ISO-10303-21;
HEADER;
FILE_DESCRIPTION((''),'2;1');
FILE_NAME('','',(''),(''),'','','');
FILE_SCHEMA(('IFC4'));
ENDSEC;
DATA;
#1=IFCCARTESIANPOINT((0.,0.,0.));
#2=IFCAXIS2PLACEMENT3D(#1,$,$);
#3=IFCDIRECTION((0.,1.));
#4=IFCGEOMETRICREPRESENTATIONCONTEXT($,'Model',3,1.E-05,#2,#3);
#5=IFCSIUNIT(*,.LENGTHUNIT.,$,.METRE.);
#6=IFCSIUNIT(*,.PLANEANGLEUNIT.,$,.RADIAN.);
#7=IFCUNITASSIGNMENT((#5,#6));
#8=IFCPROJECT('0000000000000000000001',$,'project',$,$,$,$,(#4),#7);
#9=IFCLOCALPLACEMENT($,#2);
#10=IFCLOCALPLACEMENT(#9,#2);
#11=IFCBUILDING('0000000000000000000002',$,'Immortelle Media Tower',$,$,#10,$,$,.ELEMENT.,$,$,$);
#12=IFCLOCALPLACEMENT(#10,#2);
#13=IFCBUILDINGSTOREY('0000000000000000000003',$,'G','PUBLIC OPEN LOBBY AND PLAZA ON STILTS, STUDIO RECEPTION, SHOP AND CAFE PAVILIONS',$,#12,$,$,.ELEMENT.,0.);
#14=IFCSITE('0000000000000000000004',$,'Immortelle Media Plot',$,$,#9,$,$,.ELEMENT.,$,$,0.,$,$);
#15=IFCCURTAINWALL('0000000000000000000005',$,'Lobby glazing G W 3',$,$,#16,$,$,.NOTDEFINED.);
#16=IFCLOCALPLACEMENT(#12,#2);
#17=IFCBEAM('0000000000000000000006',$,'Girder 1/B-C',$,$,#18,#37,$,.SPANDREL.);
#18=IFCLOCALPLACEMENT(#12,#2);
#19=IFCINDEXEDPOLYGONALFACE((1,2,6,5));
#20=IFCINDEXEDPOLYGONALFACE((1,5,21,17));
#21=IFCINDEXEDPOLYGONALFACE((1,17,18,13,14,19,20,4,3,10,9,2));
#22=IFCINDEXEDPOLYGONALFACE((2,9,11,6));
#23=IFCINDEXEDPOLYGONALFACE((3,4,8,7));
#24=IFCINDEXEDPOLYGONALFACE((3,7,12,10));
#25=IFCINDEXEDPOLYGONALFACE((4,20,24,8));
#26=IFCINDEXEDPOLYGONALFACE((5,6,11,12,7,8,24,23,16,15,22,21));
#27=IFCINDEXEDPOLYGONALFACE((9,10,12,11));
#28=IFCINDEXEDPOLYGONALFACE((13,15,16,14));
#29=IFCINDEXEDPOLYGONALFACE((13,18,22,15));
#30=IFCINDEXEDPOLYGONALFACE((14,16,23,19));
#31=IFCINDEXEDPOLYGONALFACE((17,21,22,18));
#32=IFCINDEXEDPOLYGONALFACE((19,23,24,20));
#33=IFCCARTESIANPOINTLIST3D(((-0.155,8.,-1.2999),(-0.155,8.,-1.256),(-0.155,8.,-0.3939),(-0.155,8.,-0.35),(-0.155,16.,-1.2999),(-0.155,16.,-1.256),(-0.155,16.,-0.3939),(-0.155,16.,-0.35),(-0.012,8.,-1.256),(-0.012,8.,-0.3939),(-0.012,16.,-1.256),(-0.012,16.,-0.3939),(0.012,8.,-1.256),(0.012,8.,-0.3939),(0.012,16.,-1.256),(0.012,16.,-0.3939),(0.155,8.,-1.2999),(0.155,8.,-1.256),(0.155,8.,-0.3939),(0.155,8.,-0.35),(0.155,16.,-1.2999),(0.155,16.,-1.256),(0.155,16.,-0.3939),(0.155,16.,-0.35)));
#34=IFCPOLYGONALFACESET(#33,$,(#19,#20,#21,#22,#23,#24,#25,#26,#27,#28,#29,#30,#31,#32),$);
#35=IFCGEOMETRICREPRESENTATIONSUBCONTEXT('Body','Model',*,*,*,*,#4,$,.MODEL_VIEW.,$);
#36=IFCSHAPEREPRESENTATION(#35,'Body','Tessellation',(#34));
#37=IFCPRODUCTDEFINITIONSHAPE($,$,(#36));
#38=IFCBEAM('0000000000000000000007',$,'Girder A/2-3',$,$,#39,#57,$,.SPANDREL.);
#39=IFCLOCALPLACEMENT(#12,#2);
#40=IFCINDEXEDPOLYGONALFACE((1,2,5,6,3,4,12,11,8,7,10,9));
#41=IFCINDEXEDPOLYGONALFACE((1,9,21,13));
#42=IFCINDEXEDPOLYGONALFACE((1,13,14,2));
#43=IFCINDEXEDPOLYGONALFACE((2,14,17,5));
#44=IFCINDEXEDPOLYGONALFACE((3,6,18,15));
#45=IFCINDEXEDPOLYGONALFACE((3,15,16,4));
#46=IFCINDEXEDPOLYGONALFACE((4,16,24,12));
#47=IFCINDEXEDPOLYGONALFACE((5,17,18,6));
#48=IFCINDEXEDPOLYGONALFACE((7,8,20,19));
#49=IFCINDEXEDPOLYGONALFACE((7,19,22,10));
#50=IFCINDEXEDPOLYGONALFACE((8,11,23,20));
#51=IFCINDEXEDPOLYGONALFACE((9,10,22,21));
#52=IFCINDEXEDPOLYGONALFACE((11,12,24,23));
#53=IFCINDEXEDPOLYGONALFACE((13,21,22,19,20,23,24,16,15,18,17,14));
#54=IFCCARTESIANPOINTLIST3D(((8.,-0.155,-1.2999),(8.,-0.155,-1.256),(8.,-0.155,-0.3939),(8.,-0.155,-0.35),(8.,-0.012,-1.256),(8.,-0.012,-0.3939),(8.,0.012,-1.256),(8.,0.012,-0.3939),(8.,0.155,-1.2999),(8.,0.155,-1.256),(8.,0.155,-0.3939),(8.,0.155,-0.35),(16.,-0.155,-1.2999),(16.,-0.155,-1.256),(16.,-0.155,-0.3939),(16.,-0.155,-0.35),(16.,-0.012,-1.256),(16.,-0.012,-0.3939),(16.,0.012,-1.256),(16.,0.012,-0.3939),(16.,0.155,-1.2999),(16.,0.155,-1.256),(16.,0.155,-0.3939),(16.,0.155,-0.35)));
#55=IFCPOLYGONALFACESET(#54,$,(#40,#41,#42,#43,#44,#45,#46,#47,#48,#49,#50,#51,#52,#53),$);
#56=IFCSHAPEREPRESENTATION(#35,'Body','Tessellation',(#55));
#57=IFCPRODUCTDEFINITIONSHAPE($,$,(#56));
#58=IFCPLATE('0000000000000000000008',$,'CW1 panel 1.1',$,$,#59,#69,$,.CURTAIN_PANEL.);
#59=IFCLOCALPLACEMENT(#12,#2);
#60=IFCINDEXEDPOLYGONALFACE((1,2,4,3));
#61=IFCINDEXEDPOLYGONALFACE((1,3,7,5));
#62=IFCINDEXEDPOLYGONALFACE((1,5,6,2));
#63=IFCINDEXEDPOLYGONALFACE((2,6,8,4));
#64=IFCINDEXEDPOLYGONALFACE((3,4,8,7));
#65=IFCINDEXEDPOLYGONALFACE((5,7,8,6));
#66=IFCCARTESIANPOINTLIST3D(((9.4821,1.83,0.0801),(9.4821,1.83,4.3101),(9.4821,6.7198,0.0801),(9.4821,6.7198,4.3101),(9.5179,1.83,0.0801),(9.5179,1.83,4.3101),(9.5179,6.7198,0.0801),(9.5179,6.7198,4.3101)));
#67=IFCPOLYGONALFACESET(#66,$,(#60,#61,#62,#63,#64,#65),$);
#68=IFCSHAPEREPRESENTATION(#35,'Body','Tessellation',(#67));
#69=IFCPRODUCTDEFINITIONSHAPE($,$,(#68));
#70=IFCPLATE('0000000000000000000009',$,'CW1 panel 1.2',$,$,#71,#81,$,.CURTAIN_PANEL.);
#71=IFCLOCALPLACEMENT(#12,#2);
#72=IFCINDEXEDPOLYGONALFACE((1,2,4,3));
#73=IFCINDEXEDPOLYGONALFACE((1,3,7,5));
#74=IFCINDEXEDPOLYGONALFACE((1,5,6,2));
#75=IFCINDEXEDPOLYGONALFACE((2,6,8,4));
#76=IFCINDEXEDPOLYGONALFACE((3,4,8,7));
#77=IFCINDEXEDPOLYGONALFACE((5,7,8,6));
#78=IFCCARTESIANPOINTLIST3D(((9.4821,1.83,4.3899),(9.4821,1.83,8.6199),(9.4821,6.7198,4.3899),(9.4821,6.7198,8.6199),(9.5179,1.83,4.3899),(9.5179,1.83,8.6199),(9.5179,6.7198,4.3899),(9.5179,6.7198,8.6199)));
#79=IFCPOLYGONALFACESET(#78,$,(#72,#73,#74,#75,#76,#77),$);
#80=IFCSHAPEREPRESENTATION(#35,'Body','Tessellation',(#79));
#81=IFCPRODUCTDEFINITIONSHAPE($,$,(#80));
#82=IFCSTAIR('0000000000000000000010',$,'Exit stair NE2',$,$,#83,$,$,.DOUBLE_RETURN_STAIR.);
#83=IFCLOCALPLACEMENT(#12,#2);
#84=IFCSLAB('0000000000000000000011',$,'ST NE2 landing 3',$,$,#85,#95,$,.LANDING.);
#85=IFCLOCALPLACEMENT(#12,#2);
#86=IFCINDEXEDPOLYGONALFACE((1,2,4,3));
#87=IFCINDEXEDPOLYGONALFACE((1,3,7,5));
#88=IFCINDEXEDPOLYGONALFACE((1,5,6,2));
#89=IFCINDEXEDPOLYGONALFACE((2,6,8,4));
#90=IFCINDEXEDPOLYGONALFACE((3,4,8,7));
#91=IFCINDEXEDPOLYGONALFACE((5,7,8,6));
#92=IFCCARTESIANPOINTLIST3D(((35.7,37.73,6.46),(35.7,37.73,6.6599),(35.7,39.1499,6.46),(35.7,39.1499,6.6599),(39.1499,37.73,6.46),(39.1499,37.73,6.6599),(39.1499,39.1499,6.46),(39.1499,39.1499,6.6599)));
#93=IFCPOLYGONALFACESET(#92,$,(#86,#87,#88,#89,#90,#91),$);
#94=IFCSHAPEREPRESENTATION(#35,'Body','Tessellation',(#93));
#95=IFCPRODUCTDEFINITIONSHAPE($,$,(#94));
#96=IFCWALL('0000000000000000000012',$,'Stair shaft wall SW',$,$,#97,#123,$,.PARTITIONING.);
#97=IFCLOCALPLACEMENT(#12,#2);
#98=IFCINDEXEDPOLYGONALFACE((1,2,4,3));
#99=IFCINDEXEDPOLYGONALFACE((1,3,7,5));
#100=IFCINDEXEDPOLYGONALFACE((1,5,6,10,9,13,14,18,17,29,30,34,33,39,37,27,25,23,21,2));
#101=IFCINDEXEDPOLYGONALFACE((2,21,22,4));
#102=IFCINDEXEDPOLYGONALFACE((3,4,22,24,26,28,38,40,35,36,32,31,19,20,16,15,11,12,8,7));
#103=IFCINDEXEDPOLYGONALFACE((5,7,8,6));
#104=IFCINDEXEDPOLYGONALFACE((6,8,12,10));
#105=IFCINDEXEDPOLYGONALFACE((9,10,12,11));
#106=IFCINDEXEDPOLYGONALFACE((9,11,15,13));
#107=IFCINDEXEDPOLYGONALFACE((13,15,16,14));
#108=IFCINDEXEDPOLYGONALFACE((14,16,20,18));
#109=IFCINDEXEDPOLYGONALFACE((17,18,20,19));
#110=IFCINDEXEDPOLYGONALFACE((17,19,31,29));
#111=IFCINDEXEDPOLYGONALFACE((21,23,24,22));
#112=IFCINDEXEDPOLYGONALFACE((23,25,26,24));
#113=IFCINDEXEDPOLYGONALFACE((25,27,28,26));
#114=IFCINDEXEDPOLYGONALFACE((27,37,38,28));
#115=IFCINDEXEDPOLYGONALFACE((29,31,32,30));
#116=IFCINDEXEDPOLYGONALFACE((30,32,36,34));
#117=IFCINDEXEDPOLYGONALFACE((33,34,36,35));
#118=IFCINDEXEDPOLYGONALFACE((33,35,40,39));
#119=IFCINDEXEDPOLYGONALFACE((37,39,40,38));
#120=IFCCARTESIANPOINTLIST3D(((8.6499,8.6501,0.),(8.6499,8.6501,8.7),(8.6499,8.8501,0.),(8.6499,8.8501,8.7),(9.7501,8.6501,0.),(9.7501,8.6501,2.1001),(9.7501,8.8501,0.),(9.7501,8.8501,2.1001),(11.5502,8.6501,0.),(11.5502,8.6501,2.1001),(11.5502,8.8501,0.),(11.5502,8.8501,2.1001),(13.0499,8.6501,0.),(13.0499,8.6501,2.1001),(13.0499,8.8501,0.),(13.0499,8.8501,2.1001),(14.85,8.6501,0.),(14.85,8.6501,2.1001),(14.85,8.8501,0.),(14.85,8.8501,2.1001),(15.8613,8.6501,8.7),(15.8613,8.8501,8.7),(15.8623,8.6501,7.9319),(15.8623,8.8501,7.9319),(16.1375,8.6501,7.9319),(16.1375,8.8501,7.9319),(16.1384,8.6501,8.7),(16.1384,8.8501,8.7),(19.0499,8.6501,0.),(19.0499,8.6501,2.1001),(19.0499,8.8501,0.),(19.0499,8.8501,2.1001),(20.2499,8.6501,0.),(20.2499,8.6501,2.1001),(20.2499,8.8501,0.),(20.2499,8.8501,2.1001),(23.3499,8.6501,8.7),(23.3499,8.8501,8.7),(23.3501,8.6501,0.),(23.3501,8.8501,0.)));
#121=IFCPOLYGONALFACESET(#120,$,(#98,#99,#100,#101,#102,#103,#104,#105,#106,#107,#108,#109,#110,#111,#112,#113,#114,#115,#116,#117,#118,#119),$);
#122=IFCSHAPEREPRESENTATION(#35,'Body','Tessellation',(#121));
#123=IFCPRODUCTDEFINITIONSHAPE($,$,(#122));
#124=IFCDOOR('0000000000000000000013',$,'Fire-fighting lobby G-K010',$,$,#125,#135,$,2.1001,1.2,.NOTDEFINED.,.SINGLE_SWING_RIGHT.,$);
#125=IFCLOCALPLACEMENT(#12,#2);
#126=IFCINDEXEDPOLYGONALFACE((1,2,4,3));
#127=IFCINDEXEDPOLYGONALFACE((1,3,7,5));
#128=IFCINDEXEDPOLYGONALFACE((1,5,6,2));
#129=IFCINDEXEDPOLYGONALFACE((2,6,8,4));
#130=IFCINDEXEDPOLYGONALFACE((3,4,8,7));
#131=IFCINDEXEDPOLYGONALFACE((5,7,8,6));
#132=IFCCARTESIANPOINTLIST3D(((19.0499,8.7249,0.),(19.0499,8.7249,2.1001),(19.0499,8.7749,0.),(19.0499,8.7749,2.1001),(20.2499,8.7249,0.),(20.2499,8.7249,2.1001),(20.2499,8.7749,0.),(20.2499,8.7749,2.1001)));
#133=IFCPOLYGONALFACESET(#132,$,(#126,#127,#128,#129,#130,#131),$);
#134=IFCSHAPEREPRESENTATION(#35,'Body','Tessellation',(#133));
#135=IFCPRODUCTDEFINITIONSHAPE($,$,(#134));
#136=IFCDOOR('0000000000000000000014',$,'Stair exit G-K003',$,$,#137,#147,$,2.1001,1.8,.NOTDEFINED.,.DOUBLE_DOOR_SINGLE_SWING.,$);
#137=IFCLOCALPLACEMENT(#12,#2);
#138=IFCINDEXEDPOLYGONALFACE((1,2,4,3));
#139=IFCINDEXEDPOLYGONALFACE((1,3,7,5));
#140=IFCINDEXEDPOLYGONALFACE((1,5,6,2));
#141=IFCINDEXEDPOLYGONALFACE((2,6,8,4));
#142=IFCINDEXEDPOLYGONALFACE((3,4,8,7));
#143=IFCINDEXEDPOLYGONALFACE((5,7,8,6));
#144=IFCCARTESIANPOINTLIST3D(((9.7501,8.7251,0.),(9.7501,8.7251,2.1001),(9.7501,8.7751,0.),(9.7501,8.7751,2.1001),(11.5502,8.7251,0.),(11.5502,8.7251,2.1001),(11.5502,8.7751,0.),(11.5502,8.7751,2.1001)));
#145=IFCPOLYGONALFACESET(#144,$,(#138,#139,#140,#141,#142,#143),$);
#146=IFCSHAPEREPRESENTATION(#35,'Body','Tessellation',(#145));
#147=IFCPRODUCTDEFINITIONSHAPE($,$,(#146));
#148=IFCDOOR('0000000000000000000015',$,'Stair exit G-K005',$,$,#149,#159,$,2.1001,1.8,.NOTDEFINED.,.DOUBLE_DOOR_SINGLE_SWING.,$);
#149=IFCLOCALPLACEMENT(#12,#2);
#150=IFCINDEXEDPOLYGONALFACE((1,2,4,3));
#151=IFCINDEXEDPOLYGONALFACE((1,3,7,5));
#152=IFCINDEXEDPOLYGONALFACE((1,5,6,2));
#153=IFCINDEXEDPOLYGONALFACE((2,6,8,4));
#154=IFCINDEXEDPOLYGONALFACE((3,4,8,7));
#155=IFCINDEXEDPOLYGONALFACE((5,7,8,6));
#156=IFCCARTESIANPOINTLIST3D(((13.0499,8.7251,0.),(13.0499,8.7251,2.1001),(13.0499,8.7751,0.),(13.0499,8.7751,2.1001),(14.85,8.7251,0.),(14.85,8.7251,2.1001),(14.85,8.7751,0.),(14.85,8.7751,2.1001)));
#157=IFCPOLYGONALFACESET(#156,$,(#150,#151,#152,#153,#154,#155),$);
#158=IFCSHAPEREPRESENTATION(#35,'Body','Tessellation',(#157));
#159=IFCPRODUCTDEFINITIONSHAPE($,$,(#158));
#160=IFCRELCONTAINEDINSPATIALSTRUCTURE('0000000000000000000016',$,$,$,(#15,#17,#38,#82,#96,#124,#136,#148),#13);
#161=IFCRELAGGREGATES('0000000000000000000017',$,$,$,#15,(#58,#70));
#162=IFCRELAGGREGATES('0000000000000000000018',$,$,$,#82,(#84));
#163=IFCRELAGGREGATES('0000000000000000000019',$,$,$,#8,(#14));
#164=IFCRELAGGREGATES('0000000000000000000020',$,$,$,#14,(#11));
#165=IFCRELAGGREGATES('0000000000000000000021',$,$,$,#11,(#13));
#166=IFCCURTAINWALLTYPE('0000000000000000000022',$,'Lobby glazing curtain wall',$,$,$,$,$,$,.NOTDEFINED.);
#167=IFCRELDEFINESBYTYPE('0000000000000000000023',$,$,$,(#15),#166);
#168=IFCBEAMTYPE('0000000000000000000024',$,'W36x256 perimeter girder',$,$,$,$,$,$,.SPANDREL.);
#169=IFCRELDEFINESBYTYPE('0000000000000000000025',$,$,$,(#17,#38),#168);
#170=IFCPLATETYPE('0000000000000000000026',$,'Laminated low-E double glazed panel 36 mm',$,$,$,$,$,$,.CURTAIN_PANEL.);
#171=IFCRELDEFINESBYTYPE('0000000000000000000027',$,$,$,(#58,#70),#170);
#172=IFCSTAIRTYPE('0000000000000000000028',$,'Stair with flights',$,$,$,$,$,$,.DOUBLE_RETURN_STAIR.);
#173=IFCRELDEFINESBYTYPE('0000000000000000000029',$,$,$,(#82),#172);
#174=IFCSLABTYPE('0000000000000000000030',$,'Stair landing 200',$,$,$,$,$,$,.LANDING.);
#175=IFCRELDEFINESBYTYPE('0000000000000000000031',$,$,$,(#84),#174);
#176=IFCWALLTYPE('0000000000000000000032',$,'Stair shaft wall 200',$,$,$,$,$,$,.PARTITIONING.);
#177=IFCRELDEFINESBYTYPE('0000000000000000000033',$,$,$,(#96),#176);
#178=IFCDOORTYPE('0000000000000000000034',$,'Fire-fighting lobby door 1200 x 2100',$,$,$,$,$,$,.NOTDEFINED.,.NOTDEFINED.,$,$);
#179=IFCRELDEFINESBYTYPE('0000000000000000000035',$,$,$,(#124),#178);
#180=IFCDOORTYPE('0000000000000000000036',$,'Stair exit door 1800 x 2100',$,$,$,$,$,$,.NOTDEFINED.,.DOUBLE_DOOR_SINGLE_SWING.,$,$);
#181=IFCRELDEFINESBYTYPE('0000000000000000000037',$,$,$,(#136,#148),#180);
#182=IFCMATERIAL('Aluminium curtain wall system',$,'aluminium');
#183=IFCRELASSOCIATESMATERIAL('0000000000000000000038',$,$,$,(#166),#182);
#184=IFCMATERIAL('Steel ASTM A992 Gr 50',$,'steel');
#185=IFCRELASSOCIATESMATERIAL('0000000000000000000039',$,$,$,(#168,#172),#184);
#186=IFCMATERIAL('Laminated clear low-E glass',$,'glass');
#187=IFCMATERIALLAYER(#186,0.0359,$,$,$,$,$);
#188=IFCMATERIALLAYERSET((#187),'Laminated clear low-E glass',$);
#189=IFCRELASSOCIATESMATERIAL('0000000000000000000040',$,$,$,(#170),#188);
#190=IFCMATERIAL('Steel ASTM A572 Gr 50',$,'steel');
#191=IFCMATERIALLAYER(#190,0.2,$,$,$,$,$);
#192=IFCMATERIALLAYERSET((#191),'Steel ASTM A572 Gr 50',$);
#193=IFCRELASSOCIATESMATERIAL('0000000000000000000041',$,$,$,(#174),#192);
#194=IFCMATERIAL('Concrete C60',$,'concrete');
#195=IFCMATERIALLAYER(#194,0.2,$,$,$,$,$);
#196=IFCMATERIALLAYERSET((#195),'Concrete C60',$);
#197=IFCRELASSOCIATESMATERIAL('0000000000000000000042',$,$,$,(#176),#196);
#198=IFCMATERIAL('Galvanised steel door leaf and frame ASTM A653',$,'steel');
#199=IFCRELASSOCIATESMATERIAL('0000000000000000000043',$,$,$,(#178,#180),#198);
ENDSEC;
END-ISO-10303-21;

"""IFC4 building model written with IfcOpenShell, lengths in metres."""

from ifc_helpers import new_model, si_unit, direction, frame, frame_2d, origin, origin_2d, place, context, subcontext, project, spatial, polyline, rectangle, i_section, outline, extrude, material, layer, layer_set, material_profile, profile_set, type_object, element, fill, aggregate, save


model = new_model("IFC4")

# Units and contexts
model_context = context("Model", 3, precision=1e-05, world=origin(), true_north=direction((0.0, 1.0)))
body_context = subcontext(model_context, "Body", "Model", "MODEL_VIEW")
ifc_project = project(units=[si_unit("LENGTHUNIT", "METRE"), si_unit("PLANEANGLEUNIT", "RADIAN")], contexts=[model_context])

# Site, building, storey
site_placement = place(None, origin())
site = spatial("IfcSite", under=ifc_project, at=site_placement, Name="Immortelle Media Plot", CompositionType="ELEMENT", RefElevation=0.0)
building_placement = place(site_placement, origin())
building = spatial("IfcBuilding", under=site, at=building_placement, Name="Immortelle Media Tower", CompositionType="ELEMENT")
storey_placement = place(building_placement, origin())
storey = spatial("IfcBuildingStorey", under=building, at=storey_placement, Name="G", Description="PUBLIC OPEN LOBBY AND PLAZA ON STILTS, STUDIO RECEPTION, SHOP AND CAFE PAVILIONS", CompositionType="ELEMENT", Elevation=0.0)

# Shared definitions
ifc_material_1 = material(Name="Steel ASTM A572 Gr 50", Category="steel")

# Shared definitions
ifc_material_2 = material(Name="Aluminium curtain wall system", Category="aluminium")
curtain_wall_type = type_object("IfcCurtainWallType", Name="Lobby glazing curtain wall", PredefinedType="NOTDEFINED", material=ifc_material_2)

# Curtain wall
curtain_wall_1_placement = place(storey_placement, origin())
curtain_wall_1 = element("IfcCurtainWall", 1, at=curtain_wall_1_placement, inside=storey, type_object=curtain_wall_type, Name="Lobby glazing G W 3", PredefinedType="NOTDEFINED")

# Beams
ifc_material_3 = material(Name="Steel ASTM A992 Gr 50", Category="steel")
ifc_material_profile_1 = material_profile(ifc_material_3, i_section(OverallWidth=0.3101, OverallDepth=0.95, WebThickness=0.0239, FlangeThickness=0.0439, at=origin_2d()), Name="W36x256")
ifc_profile_set_1 = profile_set([ifc_material_profile_1], Name="Steel ASTM A992 Gr 50")
beam_type_1 = type_object("IfcBeamType", Name="W36x256 perimeter girder", PredefinedType="SPANDREL", material=ifc_profile_set_1)
for number, where, z_axis, x_axis, name in (
    (2, (0.0, 8.0, -0.825), (0.0, 1.0, 0.0), (-1.0, 0.0, 0.0), "Girder 1/B-C"),
    (3, (8.0, 0.0, -0.825), (1.0, 0.0, 0.0), (0.0, 1.0, 0.0), "Girder A/2-3"),
):
    element("IfcBeam", number, at=place(storey_placement, frame(where, z_axis=z_axis, x_axis=x_axis)), inside=storey, type_object=beam_type_1, Name=name, PredefinedType="SPANDREL", context=body_context, shape_type="SweptSolid", body=[
        extrude(i_section(OverallWidth=0.3101, OverallDepth=0.95, WebThickness=0.0239, FlangeThickness=0.0439, at=origin_2d()), origin(), (0.0, 0.0, 1.0), 8.0),
    ])

# Plates
ifc_material_4 = material(Name="Laminated clear low-E glass", Category="glass")
ifc_layer_1 = layer(ifc_material_4, 0.0359)
ifc_layer_set_1 = layer_set([ifc_layer_1], Name="Laminated clear low-E glass")
plate_type = type_object("IfcPlateType", Name="Laminated low-E double glazed panel 36 mm", PredefinedType="CURTAIN_PANEL", material=ifc_layer_set_1)
plate_1_placement = place(storey_placement, frame((9.5, 4.2749, 0.0801), z_axis=(0.0, 0.0, 1.0), x_axis=(0.0, -1.0, 0.0)))
plate_1 = element("IfcPlate", 4, at=plate_1_placement, type_object=plate_type, Name="CW1 panel 1.1", PredefinedType="CURTAIN_PANEL", context=body_context, shape_type="SweptSolid", body=[
    extrude(rectangle(XDim=4.8899, YDim=0.0359, at=origin_2d()), origin(), (0.0, 0.0, 1.0), 4.23),
])
plate_2_placement = place(storey_placement, frame((9.5, 4.2749, 4.3899), z_axis=(0.0, 0.0, 1.0), x_axis=(0.0, -1.0, 0.0)))
plate_2 = element("IfcPlate", 5, at=plate_2_placement, type_object=plate_type, Name="CW1 panel 1.2", PredefinedType="CURTAIN_PANEL", context=body_context, shape_type="SweptSolid", body=[
    extrude(rectangle(XDim=4.8899, YDim=0.0359, at=origin_2d()), origin(), (0.0, 0.0, 1.0), 4.23),
])
aggregate(curtain_wall_1, [plate_1, plate_2])

# Stair, slab
stair_type = type_object("IfcStairType", Name="Stair with flights", PredefinedType="DOUBLE_RETURN_STAIR", material=ifc_material_3)
stair_1_placement = place(storey_placement, origin())
stair_1 = element("IfcStair", 6, at=stair_1_placement, inside=storey, type_object=stair_type, Name="Exit stair NE2", PredefinedType="DOUBLE_RETURN_STAIR")
ifc_layer_2 = layer(ifc_material_1, 0.2)
ifc_layer_set_2 = layer_set([ifc_layer_2], Name="Steel ASTM A572 Gr 50")
slab_type = type_object("IfcSlabType", Name="Stair landing 200", PredefinedType="LANDING", material=ifc_layer_set_2)
slab_placement = place(storey_placement, frame((0.0, 0.0, 6.46)))
slab = element("IfcSlab", 7, at=slab_placement, type_object=slab_type, Name="ST NE2 landing 3", PredefinedType="LANDING", context=body_context, shape_type="SweptSolid", body=[
    extrude(outline(polyline([(35.7, 37.73), (39.1499, 37.73), (39.1499, 39.1499), (35.7, 39.1499), (35.7, 37.73)])), origin(), (0.0, 0.0, 1.0), 0.2),
])
aggregate(stair_1, [slab])

# Wall, openings, doors
ifc_material_5 = material(Name="Concrete C60", Category="concrete")
ifc_layer_3 = layer(ifc_material_5, 0.2)
ifc_layer_set_3 = layer_set([ifc_layer_3], Name="Concrete C60")
wall_type = type_object("IfcWallType", Name="Stair shaft wall 200", PredefinedType="PARTITIONING", material=ifc_layer_set_3)
wall_1_placement = place(storey_placement, frame((8.6499, 8.75, 0.0), z_axis=(0.0, 0.0, 1.0), x_axis=(1.0, 0.0, 0.0)))
wall_1 = element("IfcWall", 8, at=wall_1_placement, inside=storey, type_object=wall_type, Name="Stair shaft wall SW", PredefinedType="PARTITIONING", context=body_context, shape_type="SweptSolid", body=[
    extrude(outline(polyline([(0.0, 0.0), (14.7002, 0.0), (14.7, 8.7), (7.4885, 8.7), (7.4875, 7.9319), (7.2124, 7.9319), (7.2114, 8.7), (0.0, 8.7), (0.0, 0.0)])), frame((0.0, 0.1001, 0.0), z_axis=(0.0, -1.0, 0.0), x_axis=(1.0, 0.0, 0.0)), (0.0, 0.0, 1.0), 0.2),
])
opening_1_placement = place(wall_1_placement, frame((2.9001, 0.0, 0.0), z_axis=(0.0, 0.0, 1.0), x_axis=(-1.0, 0.0, 0.0)))
opening_1 = element("IfcOpeningElement", 9, at=opening_1_placement, cuts=wall_1, PredefinedType="OPENING", context=body_context, shape_type="SweptSolid", body=[
    extrude(rectangle(XDim=1.8, YDim=2.1001, at=frame_2d((0.8999, 1.05))), frame((0.0, 0.1099, 0.0), z_axis=(0.0, -1.0, 0.0), x_axis=(1.0, 0.0, 0.0)), (0.0, 0.0, 1.0), 0.22),
])
opening_2_placement = place(wall_1_placement, frame((6.2, 0.0, 0.0), z_axis=(0.0, 0.0, 1.0), x_axis=(-1.0, 0.0, 0.0)))
opening_2 = element("IfcOpeningElement", 10, at=opening_2_placement, cuts=wall_1, PredefinedType="OPENING", context=body_context, shape_type="SweptSolid", body=[
    extrude(rectangle(XDim=1.8, YDim=2.1001, at=frame_2d((0.8999, 1.05))), frame((0.0, 0.1099, 0.0), z_axis=(0.0, -1.0, 0.0), x_axis=(1.0, 0.0, 0.0)), (0.0, 0.0, 1.0), 0.22),
])
opening_3_placement = place(wall_1_placement, frame((10.3999, 0.0, 0.0)))
opening_3 = element("IfcOpeningElement", 11, at=opening_3_placement, cuts=wall_1, PredefinedType="OPENING", context=body_context, shape_type="SweptSolid", body=[
    extrude(rectangle(XDim=1.2, YDim=2.1001, at=frame_2d((0.6001, 1.05))), frame((0.0, 0.1099, 0.0), z_axis=(0.0, -1.0, 0.0), x_axis=(1.0, 0.0, 0.0)), (0.0, 0.0, 1.0), 0.22),
])
ifc_material_6 = material(Name="Galvanised steel door leaf and frame ASTM A653", Category="steel")
door_type_1 = type_object("IfcDoorType", Name="Fire-fighting lobby door 1200 x 2100", OperationType="NOTDEFINED", PredefinedType="NOTDEFINED", material=ifc_material_6)
door_1_placement = place(opening_3_placement, origin())
door_1 = element("IfcDoor", 12, at=door_1_placement, inside=storey, type_object=door_type_1, Name="Fire-fighting lobby G-K010", OperationType="SINGLE_SWING_RIGHT", OverallHeight=2.1001, OverallWidth=1.2, PredefinedType="NOTDEFINED", context=body_context, shape_type="SweptSolid", body=[
    extrude(rectangle(XDim=1.2, YDim=2.1001, at=frame_2d((0.6001, 1.05))), frame((0.0, 0.0249, 0.0), z_axis=(0.0, -1.0, 0.0), x_axis=(1.0, 0.0, 0.0)), (0.0, 0.0, 1.0), 0.05),
])
fill(opening_3, door_1)
door_type_2 = type_object("IfcDoorType", Name="Stair exit door 1800 x 2100", OperationType="DOUBLE_DOOR_SINGLE_SWING", PredefinedType="NOTDEFINED", material=ifc_material_6)
door_2_placement = place(opening_1_placement, origin())
door_2 = element("IfcDoor", 13, at=door_2_placement, inside=storey, type_object=door_type_2, Name="Stair exit G-K003", OperationType="DOUBLE_DOOR_SINGLE_SWING", OverallHeight=2.1001, OverallWidth=1.8, PredefinedType="NOTDEFINED", context=body_context, shape_type="SweptSolid", body=[
    extrude(rectangle(XDim=1.8, YDim=2.1001, at=frame_2d((0.8999, 1.05))), frame((0.0, 0.0249, 0.0), z_axis=(0.0, -1.0, 0.0), x_axis=(1.0, 0.0, 0.0)), (0.0, 0.0, 1.0), 0.05),
])
fill(opening_1, door_2)
door_3_placement = place(opening_2_placement, origin())
door_3 = element("IfcDoor", 14, at=door_3_placement, inside=storey, type_object=door_type_2, Name="Stair exit G-K005", OperationType="DOUBLE_DOOR_SINGLE_SWING", OverallHeight=2.1001, OverallWidth=1.8, PredefinedType="NOTDEFINED", context=body_context, shape_type="SweptSolid", body=[
    extrude(rectangle(XDim=1.8, YDim=2.1001, at=frame_2d((0.8999, 1.05))), frame((0.0, 0.0249, 0.0), z_axis=(0.0, -1.0, 0.0), x_axis=(1.0, 0.0, 0.0)), (0.0, 0.0, 1.0), 0.05),
])
fill(opening_2, door_3)

save(model, "model.ifc")
